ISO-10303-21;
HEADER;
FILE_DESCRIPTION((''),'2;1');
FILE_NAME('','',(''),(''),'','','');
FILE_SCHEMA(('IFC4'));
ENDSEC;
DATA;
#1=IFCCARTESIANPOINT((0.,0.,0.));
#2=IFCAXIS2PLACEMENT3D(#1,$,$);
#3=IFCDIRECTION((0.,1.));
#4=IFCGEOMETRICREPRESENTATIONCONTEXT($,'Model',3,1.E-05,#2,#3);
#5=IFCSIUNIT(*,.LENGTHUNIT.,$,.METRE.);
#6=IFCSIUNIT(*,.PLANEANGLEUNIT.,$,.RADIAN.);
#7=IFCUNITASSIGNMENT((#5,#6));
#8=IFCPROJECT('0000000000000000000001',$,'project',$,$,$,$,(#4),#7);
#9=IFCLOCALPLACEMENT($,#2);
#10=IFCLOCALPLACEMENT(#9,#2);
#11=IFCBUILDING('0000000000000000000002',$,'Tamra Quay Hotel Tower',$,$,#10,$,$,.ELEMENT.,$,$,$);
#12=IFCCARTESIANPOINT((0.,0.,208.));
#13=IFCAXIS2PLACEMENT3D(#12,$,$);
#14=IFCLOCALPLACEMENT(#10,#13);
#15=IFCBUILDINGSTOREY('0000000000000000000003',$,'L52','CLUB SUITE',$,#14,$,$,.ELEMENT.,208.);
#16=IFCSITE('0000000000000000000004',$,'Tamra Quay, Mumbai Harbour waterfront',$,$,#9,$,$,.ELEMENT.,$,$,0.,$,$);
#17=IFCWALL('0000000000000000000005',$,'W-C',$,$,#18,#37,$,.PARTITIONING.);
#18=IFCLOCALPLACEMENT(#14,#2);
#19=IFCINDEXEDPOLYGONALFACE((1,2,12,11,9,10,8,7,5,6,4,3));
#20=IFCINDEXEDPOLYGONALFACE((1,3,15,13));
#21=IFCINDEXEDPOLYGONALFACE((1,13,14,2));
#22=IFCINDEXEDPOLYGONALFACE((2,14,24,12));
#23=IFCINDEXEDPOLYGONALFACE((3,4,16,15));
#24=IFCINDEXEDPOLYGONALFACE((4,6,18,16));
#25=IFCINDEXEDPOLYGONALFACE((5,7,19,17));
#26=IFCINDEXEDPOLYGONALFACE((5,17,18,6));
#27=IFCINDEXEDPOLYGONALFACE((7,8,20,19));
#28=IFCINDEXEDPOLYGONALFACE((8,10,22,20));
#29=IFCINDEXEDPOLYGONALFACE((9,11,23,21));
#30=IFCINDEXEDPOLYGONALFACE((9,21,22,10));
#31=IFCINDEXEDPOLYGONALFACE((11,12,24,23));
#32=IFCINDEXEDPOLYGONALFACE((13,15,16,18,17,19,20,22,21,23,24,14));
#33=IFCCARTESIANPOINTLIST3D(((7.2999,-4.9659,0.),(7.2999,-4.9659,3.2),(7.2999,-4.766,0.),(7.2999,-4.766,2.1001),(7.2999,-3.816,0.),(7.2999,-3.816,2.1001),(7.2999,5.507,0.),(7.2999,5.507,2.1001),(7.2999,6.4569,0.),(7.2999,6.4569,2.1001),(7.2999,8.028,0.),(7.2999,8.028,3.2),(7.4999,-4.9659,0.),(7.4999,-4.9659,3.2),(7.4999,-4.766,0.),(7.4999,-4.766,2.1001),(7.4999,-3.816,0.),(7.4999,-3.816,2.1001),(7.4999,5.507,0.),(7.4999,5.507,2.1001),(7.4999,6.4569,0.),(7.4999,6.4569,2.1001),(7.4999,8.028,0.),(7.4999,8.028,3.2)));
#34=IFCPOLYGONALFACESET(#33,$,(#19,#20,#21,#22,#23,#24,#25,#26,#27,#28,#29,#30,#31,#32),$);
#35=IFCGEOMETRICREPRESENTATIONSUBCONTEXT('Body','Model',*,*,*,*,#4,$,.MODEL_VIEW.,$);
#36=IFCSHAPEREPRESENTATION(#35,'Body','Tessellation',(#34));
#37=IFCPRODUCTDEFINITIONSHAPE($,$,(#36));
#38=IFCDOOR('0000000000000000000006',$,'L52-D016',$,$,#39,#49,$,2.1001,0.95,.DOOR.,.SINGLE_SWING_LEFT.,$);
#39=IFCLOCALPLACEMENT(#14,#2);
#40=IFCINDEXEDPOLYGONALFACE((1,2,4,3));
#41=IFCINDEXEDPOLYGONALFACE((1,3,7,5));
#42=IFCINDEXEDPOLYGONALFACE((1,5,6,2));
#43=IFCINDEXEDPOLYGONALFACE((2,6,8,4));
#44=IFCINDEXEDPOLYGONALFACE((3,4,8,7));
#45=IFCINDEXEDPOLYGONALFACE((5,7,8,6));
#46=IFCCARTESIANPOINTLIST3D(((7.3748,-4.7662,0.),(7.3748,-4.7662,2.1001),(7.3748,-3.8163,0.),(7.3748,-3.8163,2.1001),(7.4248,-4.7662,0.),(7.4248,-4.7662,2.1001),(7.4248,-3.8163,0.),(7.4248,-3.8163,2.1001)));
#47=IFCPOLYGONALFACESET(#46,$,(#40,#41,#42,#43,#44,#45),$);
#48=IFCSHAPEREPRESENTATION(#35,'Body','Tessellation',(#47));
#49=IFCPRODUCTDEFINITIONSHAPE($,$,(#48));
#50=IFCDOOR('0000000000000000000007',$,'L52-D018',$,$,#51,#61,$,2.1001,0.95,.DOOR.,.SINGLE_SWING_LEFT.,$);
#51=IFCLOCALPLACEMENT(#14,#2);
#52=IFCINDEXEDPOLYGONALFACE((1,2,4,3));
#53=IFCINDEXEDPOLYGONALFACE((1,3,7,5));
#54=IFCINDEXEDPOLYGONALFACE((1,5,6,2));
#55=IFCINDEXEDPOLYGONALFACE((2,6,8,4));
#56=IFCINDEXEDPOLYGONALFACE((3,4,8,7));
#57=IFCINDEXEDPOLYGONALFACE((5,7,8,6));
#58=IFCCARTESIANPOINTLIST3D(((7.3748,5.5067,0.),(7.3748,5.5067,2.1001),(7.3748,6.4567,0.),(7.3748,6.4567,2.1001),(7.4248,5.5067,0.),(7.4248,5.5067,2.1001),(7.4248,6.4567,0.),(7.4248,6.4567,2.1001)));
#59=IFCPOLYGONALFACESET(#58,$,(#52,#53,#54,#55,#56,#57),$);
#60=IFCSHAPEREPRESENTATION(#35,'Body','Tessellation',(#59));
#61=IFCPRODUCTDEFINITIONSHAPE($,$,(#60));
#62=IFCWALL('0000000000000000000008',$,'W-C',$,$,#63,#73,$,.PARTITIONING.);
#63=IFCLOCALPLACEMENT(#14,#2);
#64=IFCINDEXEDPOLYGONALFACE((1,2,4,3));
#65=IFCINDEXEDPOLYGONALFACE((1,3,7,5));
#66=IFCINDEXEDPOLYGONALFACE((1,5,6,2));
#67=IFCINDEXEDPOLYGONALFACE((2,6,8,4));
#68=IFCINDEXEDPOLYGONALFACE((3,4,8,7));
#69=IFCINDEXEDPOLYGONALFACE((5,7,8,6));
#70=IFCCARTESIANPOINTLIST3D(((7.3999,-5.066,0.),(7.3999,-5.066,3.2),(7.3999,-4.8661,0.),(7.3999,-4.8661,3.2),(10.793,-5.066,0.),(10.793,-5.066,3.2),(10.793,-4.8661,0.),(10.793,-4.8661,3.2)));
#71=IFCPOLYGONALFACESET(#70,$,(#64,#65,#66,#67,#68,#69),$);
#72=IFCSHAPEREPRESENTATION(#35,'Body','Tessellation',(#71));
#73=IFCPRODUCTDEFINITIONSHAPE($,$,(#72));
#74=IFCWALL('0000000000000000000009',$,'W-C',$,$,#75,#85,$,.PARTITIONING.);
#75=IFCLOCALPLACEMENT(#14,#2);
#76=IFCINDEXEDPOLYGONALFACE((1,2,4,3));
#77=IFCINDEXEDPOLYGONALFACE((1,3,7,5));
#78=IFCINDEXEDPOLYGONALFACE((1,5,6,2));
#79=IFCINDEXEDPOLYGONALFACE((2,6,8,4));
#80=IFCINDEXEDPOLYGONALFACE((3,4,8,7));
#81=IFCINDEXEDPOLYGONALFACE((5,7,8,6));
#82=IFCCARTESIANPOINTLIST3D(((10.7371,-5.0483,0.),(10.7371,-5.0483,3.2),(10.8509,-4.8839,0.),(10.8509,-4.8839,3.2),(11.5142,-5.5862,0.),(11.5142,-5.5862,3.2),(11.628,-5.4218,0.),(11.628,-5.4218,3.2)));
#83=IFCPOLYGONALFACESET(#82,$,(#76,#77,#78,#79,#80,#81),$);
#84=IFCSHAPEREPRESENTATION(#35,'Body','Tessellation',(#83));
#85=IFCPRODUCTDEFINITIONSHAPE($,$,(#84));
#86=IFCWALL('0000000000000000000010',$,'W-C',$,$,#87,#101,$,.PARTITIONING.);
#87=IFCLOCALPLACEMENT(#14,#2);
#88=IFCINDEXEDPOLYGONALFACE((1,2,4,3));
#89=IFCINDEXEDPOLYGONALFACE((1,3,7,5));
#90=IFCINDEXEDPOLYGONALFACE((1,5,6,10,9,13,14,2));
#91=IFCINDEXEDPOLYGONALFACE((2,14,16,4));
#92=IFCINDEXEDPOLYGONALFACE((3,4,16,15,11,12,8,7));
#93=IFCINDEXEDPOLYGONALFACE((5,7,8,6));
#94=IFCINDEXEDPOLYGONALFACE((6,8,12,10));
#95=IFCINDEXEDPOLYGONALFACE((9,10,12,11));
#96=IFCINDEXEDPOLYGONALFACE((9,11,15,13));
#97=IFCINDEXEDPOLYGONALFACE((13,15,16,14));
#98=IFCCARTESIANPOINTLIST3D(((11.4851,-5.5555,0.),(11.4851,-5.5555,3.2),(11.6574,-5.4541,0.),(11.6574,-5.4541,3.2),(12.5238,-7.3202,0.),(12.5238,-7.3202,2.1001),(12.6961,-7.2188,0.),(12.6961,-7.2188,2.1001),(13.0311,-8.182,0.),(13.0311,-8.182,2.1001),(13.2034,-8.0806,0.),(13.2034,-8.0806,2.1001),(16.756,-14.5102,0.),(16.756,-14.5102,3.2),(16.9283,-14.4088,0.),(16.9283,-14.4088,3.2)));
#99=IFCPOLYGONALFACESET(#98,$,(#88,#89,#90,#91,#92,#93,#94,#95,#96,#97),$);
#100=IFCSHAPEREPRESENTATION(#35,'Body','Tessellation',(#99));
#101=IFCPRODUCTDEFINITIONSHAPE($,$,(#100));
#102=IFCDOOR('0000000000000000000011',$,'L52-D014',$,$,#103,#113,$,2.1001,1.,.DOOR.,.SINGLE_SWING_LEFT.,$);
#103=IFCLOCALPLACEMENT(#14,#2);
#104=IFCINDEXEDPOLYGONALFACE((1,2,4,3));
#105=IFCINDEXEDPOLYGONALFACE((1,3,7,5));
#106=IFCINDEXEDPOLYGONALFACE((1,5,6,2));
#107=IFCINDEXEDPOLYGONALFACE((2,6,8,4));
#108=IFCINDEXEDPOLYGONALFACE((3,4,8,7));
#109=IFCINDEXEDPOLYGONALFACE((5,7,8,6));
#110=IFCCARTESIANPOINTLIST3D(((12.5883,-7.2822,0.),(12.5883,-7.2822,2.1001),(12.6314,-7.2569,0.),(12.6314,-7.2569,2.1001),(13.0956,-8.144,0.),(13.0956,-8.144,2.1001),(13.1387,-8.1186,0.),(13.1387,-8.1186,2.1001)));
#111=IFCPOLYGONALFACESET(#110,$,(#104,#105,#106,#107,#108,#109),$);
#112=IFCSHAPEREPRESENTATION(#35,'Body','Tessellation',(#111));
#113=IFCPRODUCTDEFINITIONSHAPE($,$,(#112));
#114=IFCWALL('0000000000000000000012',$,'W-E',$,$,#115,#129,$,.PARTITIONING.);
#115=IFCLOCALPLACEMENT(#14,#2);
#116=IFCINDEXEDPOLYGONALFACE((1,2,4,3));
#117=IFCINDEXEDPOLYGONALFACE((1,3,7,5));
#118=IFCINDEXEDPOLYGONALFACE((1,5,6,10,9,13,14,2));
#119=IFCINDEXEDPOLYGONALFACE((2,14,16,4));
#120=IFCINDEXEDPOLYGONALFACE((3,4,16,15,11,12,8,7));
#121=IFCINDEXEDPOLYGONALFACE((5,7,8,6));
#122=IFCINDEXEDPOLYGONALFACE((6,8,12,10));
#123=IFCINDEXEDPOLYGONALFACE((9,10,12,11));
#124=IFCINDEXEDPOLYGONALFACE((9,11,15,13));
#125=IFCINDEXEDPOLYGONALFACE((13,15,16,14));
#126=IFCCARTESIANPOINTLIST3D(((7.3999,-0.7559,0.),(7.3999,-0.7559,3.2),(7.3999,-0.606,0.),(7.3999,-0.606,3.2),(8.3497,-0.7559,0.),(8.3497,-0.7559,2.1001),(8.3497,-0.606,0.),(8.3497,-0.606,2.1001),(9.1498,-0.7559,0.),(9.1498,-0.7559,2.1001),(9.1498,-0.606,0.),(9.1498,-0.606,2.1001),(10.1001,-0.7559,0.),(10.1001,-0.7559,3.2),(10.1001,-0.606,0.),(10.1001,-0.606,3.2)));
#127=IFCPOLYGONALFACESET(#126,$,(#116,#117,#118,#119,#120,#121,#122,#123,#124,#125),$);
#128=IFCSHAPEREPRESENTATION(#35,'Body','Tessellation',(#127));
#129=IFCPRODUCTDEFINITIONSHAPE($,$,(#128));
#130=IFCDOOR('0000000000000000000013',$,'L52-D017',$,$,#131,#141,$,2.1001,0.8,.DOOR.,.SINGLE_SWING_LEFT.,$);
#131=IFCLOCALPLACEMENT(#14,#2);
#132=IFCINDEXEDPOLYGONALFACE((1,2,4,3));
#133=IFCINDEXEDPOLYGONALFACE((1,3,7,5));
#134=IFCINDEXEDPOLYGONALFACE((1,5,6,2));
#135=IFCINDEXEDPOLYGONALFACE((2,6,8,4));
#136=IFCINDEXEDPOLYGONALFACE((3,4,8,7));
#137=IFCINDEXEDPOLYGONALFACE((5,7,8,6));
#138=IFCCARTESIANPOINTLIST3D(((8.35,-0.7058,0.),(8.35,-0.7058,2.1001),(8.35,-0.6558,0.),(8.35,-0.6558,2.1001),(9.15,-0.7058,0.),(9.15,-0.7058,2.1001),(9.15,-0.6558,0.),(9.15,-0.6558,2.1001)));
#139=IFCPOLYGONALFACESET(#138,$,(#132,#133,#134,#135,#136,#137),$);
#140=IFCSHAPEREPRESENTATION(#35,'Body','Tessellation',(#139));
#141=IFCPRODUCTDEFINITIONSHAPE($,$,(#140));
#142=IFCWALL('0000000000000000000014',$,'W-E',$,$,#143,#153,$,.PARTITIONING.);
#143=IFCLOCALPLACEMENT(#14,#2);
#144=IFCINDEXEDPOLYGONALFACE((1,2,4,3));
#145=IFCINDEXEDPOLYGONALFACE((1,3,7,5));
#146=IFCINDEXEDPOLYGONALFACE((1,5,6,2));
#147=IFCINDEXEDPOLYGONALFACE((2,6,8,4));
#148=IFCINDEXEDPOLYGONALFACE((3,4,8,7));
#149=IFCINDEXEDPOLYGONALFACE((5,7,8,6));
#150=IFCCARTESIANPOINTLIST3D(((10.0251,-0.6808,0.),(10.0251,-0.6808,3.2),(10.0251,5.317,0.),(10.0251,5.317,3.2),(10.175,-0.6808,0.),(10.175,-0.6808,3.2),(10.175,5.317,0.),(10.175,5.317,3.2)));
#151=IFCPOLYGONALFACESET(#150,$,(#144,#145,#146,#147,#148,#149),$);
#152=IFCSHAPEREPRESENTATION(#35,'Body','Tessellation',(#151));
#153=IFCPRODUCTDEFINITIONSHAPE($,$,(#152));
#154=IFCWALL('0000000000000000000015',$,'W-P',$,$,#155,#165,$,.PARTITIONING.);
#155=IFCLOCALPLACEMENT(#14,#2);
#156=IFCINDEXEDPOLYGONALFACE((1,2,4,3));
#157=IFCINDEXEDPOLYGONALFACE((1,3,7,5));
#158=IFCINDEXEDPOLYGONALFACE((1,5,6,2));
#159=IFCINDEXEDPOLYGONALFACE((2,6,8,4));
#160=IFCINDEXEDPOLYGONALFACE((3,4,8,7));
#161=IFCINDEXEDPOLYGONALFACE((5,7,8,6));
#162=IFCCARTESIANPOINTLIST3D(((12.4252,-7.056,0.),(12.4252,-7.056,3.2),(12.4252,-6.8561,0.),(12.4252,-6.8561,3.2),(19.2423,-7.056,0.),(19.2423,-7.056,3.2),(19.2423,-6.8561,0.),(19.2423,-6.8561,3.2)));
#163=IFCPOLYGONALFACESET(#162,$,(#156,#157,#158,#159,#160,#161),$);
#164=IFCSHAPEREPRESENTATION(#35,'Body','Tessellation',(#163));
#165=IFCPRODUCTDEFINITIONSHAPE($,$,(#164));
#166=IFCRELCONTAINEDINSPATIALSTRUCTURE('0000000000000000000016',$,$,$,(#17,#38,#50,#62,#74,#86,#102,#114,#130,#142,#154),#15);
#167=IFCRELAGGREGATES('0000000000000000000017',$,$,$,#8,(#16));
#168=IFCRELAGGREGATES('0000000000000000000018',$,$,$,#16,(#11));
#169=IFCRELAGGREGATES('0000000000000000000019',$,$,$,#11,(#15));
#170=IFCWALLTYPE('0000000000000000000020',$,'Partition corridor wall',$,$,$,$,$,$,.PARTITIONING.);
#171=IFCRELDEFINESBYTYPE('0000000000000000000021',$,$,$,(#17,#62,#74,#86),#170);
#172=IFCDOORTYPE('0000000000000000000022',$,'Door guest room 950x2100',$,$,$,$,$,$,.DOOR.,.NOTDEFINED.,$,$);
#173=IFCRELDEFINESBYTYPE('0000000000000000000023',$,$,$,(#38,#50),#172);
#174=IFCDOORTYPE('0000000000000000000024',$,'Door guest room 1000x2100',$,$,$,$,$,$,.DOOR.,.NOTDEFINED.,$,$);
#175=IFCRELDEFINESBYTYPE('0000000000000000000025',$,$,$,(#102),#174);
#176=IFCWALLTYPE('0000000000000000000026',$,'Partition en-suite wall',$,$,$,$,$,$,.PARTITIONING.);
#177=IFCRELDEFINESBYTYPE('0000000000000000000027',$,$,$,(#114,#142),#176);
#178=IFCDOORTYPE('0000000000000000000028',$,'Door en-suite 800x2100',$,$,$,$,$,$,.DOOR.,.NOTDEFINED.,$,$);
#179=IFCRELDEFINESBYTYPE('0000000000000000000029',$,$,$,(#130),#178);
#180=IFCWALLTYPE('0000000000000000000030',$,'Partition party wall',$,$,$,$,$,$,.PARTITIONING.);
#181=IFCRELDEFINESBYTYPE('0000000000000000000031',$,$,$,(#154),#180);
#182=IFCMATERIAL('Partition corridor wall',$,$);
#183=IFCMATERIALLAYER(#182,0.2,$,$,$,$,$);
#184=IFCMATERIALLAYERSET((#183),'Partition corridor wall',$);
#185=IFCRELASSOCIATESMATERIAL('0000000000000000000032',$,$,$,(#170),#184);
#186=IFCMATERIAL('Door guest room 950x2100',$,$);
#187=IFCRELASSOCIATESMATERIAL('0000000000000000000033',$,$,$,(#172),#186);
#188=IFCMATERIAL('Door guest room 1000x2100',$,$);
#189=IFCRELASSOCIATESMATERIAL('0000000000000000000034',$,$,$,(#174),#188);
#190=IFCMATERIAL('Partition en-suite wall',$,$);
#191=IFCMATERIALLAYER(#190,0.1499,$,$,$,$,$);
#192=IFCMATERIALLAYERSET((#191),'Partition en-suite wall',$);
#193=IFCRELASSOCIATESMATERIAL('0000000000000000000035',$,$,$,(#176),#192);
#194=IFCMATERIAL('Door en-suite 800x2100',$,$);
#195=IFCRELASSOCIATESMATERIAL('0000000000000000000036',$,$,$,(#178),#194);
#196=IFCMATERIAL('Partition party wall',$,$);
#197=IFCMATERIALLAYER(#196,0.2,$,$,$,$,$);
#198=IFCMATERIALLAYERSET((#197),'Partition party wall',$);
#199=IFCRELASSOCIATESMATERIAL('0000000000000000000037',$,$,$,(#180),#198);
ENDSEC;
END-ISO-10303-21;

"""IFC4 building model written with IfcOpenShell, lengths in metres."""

from ifc_helpers import new_model, si_unit, direction, frame, frame_2d, origin, place, context, subcontext, project, spatial, rectangle, extrude, material, layer, layer_set, type_object, element, fill, save


model = new_model("IFC4")

# Units and contexts
model_context = context("Model", 3, precision=1e-05, world=origin(), true_north=direction((0.0, 1.0)))
body_context = subcontext(model_context, "Body", "Model", "MODEL_VIEW")
ifc_project = project(units=[si_unit("LENGTHUNIT", "METRE"), si_unit("PLANEANGLEUNIT", "RADIAN")], contexts=[model_context])

# Site, building, storey
site_placement = place(None, origin())
site = spatial("IfcSite", under=ifc_project, at=site_placement, Name="Tamra Quay, Mumbai Harbour waterfront", CompositionType="ELEMENT", RefElevation=0.0)
building_placement = place(site_placement, origin())
building = spatial("IfcBuilding", under=site, at=building_placement, Name="Tamra Quay Hotel Tower", CompositionType="ELEMENT")
storey_placement = place(building_placement, frame((0.0, 0.0, 208.0)))
storey = spatial("IfcBuildingStorey", under=building, at=storey_placement, Name="L52", Description="CLUB SUITE", CompositionType="ELEMENT", Elevation=208.0)

# Shared definitions
ifc_material_1 = material(Name="Partition corridor wall")
ifc_layer_1 = layer(ifc_material_1, 0.2)
ifc_layer_set_1 = layer_set([ifc_layer_1], Name="Partition corridor wall")
wall_type_1 = type_object("IfcWallType", Name="Partition corridor wall", PredefinedType="PARTITIONING", material=ifc_layer_set_1)

# Wall, openings, doors
wall_1_placement = place(storey_placement, frame((7.3999, -4.9661, 0.0), z_axis=(0.0, 0.0, 1.0), x_axis=(0.0, 1.0, 0.0)))
wall_1 = element("IfcWall", 1, at=wall_1_placement, inside=storey, type_object=wall_type_1, Name="W-C", PredefinedType="PARTITIONING", context=body_context, shape_type="SweptSolid", body=[
    extrude(rectangle(XDim=12.9939, YDim=0.2, at=frame_2d((6.4971, 0.0))), origin(), (0.0, 0.0, 1.0), 3.2),
])
opening_1_placement = place(wall_1_placement, frame((0.2, 0.0, 0.0)))
opening_1 = element("IfcOpeningElement", 2, at=opening_1_placement, cuts=wall_1, PredefinedType="OPENING", context=body_context, shape_type="SweptSolid", body=[
    extrude(rectangle(XDim=0.95, YDim=2.1001, at=frame_2d((0.4751, 1.05))), frame((0.0, 0.1099, 0.0), z_axis=(0.0, -1.0, 0.0), x_axis=(1.0, 0.0, 0.0)), (0.0, 0.0, 1.0), 0.22),
])
opening_2_placement = place(wall_1_placement, frame((10.4729, 0.0, 0.0)))
opening_2 = element("IfcOpeningElement", 3, at=opening_2_placement, cuts=wall_1, PredefinedType="OPENING", context=body_context, shape_type="SweptSolid", body=[
    extrude(rectangle(XDim=0.95, YDim=2.1001, at=frame_2d((0.4751, 1.05))), frame((0.0, 0.1099, 0.0), z_axis=(0.0, -1.0, 0.0), x_axis=(1.0, 0.0, 0.0)), (0.0, 0.0, 1.0), 0.22),
])
ifc_material_2 = material(Name="Door guest room 950x2100")
door_type_1 = type_object("IfcDoorType", Name="Door guest room 950x2100", OperationType="NOTDEFINED", PredefinedType="DOOR", material=ifc_material_2)
door_1_placement = place(opening_1_placement, frame((0.95, 0.0, 0.0), z_axis=(0.0, 0.0, 1.0), x_axis=(-1.0, 0.0, 0.0)))
door_1 = element("IfcDoor", 4, at=door_1_placement, inside=storey, type_object=door_type_1, Name="L52-D016", OperationType="SINGLE_SWING_LEFT", OverallHeight=2.1001, OverallWidth=0.95, PredefinedType="DOOR", context=body_context, shape_type="SweptSolid", body=[
    extrude(rectangle(XDim=0.95, YDim=2.1001, at=frame_2d((0.4751, 1.05))), frame((0.0, 0.0249, 0.0), z_axis=(0.0, -1.0, 0.0), x_axis=(1.0, 0.0, 0.0)), (0.0, 0.0, 1.0), 0.05),
])
fill(opening_1, door_1)
door_2_placement = place(opening_2_placement, frame((0.95, 0.0, 0.0), z_axis=(0.0, 0.0, 1.0), x_axis=(-1.0, 0.0, 0.0)))
door_2 = element("IfcDoor", 5, at=door_2_placement, inside=storey, type_object=door_type_1, Name="L52-D018", OperationType="SINGLE_SWING_LEFT", OverallHeight=2.1001, OverallWidth=0.95, PredefinedType="DOOR", context=body_context, shape_type="SweptSolid", body=[
    extrude(rectangle(XDim=0.95, YDim=2.1001, at=frame_2d((0.4751, 1.05))), frame((0.0, 0.0249, 0.0), z_axis=(0.0, -1.0, 0.0), x_axis=(1.0, 0.0, 0.0)), (0.0, 0.0, 1.0), 0.05),
])
fill(opening_2, door_2)

# Walls
wall_2_placement = place(storey_placement, frame((7.3999, -4.9661, 0.0), z_axis=(0.0, 0.0, 1.0), x_axis=(1.0, 0.0, 0.0)))
element("IfcWall", 6, at=wall_2_placement, inside=storey, type_object=wall_type_1, Name="W-C", PredefinedType="PARTITIONING", context=body_context, shape_type="SweptSolid", body=[
    extrude(rectangle(XDim=3.3931, YDim=0.2, at=frame_2d((1.6965, 0.0))), origin(), (0.0, 0.0, 1.0), 3.2),
])
wall_3_placement = place(storey_placement, frame((10.7939, -4.9661, 0.0), z_axis=(0.0, 0.0, 1.0), x_axis=(0.822267, -0.569103, 0.0)))
element("IfcWall", 7, at=wall_3_placement, inside=storey, type_object=wall_type_1, Name="W-C", PredefinedType="PARTITIONING", context=body_context, shape_type="SweptSolid", body=[
    extrude(rectangle(XDim=0.9451, YDim=0.2, at=frame_2d((0.4727, 0.0))), origin(), (0.0, 0.0, 1.0), 3.2),
])

# Walls, openings, doors
wall_4_placement = place(storey_placement, frame((11.5713, -5.5049, 0.0), z_axis=(0.0, 0.0, 1.0), x_axis=(0.507267, -0.861789, 0.0)))
wall_4 = element("IfcWall", 8, at=wall_4_placement, inside=storey, type_object=wall_type_1, Name="W-C", PredefinedType="PARTITIONING", context=body_context, shape_type="SweptSolid", body=[
    extrude(rectangle(XDim=10.3909, YDim=0.2, at=frame_2d((5.1953, 0.0))), origin(), (0.0, 0.0, 1.0), 3.2),
])
opening_3_placement = place(wall_4_placement, frame((2.0476, 0.0, 0.0)))
opening_3 = element("IfcOpeningElement", 9, at=opening_3_placement, cuts=wall_4, PredefinedType="OPENING", context=body_context, shape_type="SweptSolid", body=[
    extrude(rectangle(XDim=1.0, YDim=2.1001, at=frame_2d((0.5, 1.05))), frame((0.0, 0.1099, 0.0), z_axis=(0.0, -1.0, 0.0), x_axis=(1.0, 0.0, 0.0)), (0.0, 0.0, 1.0), 0.22),
])
ifc_material_3 = material(Name="Door guest room 1000x2100")
door_type_2 = type_object("IfcDoorType", Name="Door guest room 1000x2100", OperationType="NOTDEFINED", PredefinedType="DOOR", material=ifc_material_3)
door_3_placement = place(opening_3_placement, origin())
door_3 = element("IfcDoor", 10, at=door_3_placement, inside=storey, type_object=door_type_2, Name="L52-D014", OperationType="SINGLE_SWING_LEFT", OverallHeight=2.1001, OverallWidth=1.0, PredefinedType="DOOR", context=body_context, shape_type="SweptSolid", body=[
    extrude(rectangle(XDim=1.0, YDim=2.1001, at=frame_2d((0.5, 1.05))), frame((0.0, 0.0249, 0.0), z_axis=(0.0, -1.0, 0.0), x_axis=(1.0, 0.0, 0.0)), (0.0, 0.0, 1.0), 0.05),
])
fill(opening_3, door_3)
ifc_material_4 = material(Name="Partition en-suite wall")
ifc_layer_2 = layer(ifc_material_4, 0.1499)
ifc_layer_set_2 = layer_set([ifc_layer_2], Name="Partition en-suite wall")
wall_type_2 = type_object("IfcWallType", Name="Partition en-suite wall", PredefinedType="PARTITIONING", material=ifc_layer_set_2)
wall_5_placement = place(storey_placement, frame((7.3999, -0.6809, 0.0), z_axis=(0.0, 0.0, 1.0), x_axis=(1.0, 0.0, 0.0)))
wall_5 = element("IfcWall", 11, at=wall_5_placement, inside=storey, type_object=wall_type_2, Name="W-E", PredefinedType="PARTITIONING", context=body_context, shape_type="SweptSolid", body=[
    extrude(rectangle(XDim=2.7002, YDim=0.1499, at=frame_2d((1.3501, 0.0))), origin(), (0.0, 0.0, 1.0), 3.2),
])
opening_4_placement = place(wall_5_placement, frame((0.95, 0.0, 0.0)))
opening_4 = element("IfcOpeningElement", 12, at=opening_4_placement, cuts=wall_5, PredefinedType="OPENING", context=body_context, shape_type="SweptSolid", body=[
    extrude(rectangle(XDim=0.8, YDim=2.1001, at=frame_2d((0.3999, 1.05))), frame((0.0, 0.085, 0.0), z_axis=(0.0, -1.0, 0.0), x_axis=(1.0, 0.0, 0.0)), (0.0, 0.0, 1.0), 0.1699),
])
ifc_material_5 = material(Name="Door en-suite 800x2100")
door_type_3 = type_object("IfcDoorType", Name="Door en-suite 800x2100", OperationType="NOTDEFINED", PredefinedType="DOOR", material=ifc_material_5)
door_4_placement = place(opening_4_placement, frame((0.8, 0.0, 0.0), z_axis=(0.0, 0.0, 1.0), x_axis=(-1.0, 0.0, 0.0)))
door_4 = element("IfcDoor", 13, at=door_4_placement, inside=storey, type_object=door_type_3, Name="L52-D017", OperationType="SINGLE_SWING_LEFT", OverallHeight=2.1001, OverallWidth=0.8, PredefinedType="DOOR", context=body_context, shape_type="SweptSolid", body=[
    extrude(rectangle(XDim=0.8, YDim=2.1001, at=frame_2d((0.3999, 1.05))), frame((0.0, 0.0249, 0.0), z_axis=(0.0, -1.0, 0.0), x_axis=(1.0, 0.0, 0.0)), (0.0, 0.0, 1.0), 0.05),
])
fill(opening_4, door_4)

# Walls
wall_6_placement = place(storey_placement, frame((10.1001, -0.6809, 0.0), z_axis=(0.0, 0.0, 1.0), x_axis=(0.0, 1.0, 0.0)))
element("IfcWall", 14, at=wall_6_placement, inside=storey, type_object=wall_type_2, Name="W-E", PredefinedType="PARTITIONING", context=body_context, shape_type="SweptSolid", body=[
    extrude(rectangle(XDim=5.9978, YDim=0.1499, at=frame_2d((2.999, 0.0))), origin(), (0.0, 0.0, 1.0), 3.2),
])
ifc_material_6 = material(Name="Partition party wall")
ifc_layer_3 = layer(ifc_material_6, 0.2)
ifc_layer_set_3 = layer_set([ifc_layer_3], Name="Partition party wall")
wall_type_3 = type_object("IfcWallType", Name="Partition party wall", PredefinedType="PARTITIONING", material=ifc_layer_set_3)
wall_7_placement = place(storey_placement, frame((12.425, -6.9561, 0.0), z_axis=(0.0, 0.0, 1.0), x_axis=(1.0, 0.0, 0.0)))
element("IfcWall", 15, at=wall_7_placement, inside=storey, type_object=wall_type_3, Name="W-P", PredefinedType="PARTITIONING", context=body_context, shape_type="SweptSolid", body=[
    extrude(rectangle(XDim=6.8171, YDim=0.2, at=frame_2d((3.4087, 0.0))), origin(), (0.0, 0.0, 1.0), 3.2),
])

save(model, "model.ifc")
